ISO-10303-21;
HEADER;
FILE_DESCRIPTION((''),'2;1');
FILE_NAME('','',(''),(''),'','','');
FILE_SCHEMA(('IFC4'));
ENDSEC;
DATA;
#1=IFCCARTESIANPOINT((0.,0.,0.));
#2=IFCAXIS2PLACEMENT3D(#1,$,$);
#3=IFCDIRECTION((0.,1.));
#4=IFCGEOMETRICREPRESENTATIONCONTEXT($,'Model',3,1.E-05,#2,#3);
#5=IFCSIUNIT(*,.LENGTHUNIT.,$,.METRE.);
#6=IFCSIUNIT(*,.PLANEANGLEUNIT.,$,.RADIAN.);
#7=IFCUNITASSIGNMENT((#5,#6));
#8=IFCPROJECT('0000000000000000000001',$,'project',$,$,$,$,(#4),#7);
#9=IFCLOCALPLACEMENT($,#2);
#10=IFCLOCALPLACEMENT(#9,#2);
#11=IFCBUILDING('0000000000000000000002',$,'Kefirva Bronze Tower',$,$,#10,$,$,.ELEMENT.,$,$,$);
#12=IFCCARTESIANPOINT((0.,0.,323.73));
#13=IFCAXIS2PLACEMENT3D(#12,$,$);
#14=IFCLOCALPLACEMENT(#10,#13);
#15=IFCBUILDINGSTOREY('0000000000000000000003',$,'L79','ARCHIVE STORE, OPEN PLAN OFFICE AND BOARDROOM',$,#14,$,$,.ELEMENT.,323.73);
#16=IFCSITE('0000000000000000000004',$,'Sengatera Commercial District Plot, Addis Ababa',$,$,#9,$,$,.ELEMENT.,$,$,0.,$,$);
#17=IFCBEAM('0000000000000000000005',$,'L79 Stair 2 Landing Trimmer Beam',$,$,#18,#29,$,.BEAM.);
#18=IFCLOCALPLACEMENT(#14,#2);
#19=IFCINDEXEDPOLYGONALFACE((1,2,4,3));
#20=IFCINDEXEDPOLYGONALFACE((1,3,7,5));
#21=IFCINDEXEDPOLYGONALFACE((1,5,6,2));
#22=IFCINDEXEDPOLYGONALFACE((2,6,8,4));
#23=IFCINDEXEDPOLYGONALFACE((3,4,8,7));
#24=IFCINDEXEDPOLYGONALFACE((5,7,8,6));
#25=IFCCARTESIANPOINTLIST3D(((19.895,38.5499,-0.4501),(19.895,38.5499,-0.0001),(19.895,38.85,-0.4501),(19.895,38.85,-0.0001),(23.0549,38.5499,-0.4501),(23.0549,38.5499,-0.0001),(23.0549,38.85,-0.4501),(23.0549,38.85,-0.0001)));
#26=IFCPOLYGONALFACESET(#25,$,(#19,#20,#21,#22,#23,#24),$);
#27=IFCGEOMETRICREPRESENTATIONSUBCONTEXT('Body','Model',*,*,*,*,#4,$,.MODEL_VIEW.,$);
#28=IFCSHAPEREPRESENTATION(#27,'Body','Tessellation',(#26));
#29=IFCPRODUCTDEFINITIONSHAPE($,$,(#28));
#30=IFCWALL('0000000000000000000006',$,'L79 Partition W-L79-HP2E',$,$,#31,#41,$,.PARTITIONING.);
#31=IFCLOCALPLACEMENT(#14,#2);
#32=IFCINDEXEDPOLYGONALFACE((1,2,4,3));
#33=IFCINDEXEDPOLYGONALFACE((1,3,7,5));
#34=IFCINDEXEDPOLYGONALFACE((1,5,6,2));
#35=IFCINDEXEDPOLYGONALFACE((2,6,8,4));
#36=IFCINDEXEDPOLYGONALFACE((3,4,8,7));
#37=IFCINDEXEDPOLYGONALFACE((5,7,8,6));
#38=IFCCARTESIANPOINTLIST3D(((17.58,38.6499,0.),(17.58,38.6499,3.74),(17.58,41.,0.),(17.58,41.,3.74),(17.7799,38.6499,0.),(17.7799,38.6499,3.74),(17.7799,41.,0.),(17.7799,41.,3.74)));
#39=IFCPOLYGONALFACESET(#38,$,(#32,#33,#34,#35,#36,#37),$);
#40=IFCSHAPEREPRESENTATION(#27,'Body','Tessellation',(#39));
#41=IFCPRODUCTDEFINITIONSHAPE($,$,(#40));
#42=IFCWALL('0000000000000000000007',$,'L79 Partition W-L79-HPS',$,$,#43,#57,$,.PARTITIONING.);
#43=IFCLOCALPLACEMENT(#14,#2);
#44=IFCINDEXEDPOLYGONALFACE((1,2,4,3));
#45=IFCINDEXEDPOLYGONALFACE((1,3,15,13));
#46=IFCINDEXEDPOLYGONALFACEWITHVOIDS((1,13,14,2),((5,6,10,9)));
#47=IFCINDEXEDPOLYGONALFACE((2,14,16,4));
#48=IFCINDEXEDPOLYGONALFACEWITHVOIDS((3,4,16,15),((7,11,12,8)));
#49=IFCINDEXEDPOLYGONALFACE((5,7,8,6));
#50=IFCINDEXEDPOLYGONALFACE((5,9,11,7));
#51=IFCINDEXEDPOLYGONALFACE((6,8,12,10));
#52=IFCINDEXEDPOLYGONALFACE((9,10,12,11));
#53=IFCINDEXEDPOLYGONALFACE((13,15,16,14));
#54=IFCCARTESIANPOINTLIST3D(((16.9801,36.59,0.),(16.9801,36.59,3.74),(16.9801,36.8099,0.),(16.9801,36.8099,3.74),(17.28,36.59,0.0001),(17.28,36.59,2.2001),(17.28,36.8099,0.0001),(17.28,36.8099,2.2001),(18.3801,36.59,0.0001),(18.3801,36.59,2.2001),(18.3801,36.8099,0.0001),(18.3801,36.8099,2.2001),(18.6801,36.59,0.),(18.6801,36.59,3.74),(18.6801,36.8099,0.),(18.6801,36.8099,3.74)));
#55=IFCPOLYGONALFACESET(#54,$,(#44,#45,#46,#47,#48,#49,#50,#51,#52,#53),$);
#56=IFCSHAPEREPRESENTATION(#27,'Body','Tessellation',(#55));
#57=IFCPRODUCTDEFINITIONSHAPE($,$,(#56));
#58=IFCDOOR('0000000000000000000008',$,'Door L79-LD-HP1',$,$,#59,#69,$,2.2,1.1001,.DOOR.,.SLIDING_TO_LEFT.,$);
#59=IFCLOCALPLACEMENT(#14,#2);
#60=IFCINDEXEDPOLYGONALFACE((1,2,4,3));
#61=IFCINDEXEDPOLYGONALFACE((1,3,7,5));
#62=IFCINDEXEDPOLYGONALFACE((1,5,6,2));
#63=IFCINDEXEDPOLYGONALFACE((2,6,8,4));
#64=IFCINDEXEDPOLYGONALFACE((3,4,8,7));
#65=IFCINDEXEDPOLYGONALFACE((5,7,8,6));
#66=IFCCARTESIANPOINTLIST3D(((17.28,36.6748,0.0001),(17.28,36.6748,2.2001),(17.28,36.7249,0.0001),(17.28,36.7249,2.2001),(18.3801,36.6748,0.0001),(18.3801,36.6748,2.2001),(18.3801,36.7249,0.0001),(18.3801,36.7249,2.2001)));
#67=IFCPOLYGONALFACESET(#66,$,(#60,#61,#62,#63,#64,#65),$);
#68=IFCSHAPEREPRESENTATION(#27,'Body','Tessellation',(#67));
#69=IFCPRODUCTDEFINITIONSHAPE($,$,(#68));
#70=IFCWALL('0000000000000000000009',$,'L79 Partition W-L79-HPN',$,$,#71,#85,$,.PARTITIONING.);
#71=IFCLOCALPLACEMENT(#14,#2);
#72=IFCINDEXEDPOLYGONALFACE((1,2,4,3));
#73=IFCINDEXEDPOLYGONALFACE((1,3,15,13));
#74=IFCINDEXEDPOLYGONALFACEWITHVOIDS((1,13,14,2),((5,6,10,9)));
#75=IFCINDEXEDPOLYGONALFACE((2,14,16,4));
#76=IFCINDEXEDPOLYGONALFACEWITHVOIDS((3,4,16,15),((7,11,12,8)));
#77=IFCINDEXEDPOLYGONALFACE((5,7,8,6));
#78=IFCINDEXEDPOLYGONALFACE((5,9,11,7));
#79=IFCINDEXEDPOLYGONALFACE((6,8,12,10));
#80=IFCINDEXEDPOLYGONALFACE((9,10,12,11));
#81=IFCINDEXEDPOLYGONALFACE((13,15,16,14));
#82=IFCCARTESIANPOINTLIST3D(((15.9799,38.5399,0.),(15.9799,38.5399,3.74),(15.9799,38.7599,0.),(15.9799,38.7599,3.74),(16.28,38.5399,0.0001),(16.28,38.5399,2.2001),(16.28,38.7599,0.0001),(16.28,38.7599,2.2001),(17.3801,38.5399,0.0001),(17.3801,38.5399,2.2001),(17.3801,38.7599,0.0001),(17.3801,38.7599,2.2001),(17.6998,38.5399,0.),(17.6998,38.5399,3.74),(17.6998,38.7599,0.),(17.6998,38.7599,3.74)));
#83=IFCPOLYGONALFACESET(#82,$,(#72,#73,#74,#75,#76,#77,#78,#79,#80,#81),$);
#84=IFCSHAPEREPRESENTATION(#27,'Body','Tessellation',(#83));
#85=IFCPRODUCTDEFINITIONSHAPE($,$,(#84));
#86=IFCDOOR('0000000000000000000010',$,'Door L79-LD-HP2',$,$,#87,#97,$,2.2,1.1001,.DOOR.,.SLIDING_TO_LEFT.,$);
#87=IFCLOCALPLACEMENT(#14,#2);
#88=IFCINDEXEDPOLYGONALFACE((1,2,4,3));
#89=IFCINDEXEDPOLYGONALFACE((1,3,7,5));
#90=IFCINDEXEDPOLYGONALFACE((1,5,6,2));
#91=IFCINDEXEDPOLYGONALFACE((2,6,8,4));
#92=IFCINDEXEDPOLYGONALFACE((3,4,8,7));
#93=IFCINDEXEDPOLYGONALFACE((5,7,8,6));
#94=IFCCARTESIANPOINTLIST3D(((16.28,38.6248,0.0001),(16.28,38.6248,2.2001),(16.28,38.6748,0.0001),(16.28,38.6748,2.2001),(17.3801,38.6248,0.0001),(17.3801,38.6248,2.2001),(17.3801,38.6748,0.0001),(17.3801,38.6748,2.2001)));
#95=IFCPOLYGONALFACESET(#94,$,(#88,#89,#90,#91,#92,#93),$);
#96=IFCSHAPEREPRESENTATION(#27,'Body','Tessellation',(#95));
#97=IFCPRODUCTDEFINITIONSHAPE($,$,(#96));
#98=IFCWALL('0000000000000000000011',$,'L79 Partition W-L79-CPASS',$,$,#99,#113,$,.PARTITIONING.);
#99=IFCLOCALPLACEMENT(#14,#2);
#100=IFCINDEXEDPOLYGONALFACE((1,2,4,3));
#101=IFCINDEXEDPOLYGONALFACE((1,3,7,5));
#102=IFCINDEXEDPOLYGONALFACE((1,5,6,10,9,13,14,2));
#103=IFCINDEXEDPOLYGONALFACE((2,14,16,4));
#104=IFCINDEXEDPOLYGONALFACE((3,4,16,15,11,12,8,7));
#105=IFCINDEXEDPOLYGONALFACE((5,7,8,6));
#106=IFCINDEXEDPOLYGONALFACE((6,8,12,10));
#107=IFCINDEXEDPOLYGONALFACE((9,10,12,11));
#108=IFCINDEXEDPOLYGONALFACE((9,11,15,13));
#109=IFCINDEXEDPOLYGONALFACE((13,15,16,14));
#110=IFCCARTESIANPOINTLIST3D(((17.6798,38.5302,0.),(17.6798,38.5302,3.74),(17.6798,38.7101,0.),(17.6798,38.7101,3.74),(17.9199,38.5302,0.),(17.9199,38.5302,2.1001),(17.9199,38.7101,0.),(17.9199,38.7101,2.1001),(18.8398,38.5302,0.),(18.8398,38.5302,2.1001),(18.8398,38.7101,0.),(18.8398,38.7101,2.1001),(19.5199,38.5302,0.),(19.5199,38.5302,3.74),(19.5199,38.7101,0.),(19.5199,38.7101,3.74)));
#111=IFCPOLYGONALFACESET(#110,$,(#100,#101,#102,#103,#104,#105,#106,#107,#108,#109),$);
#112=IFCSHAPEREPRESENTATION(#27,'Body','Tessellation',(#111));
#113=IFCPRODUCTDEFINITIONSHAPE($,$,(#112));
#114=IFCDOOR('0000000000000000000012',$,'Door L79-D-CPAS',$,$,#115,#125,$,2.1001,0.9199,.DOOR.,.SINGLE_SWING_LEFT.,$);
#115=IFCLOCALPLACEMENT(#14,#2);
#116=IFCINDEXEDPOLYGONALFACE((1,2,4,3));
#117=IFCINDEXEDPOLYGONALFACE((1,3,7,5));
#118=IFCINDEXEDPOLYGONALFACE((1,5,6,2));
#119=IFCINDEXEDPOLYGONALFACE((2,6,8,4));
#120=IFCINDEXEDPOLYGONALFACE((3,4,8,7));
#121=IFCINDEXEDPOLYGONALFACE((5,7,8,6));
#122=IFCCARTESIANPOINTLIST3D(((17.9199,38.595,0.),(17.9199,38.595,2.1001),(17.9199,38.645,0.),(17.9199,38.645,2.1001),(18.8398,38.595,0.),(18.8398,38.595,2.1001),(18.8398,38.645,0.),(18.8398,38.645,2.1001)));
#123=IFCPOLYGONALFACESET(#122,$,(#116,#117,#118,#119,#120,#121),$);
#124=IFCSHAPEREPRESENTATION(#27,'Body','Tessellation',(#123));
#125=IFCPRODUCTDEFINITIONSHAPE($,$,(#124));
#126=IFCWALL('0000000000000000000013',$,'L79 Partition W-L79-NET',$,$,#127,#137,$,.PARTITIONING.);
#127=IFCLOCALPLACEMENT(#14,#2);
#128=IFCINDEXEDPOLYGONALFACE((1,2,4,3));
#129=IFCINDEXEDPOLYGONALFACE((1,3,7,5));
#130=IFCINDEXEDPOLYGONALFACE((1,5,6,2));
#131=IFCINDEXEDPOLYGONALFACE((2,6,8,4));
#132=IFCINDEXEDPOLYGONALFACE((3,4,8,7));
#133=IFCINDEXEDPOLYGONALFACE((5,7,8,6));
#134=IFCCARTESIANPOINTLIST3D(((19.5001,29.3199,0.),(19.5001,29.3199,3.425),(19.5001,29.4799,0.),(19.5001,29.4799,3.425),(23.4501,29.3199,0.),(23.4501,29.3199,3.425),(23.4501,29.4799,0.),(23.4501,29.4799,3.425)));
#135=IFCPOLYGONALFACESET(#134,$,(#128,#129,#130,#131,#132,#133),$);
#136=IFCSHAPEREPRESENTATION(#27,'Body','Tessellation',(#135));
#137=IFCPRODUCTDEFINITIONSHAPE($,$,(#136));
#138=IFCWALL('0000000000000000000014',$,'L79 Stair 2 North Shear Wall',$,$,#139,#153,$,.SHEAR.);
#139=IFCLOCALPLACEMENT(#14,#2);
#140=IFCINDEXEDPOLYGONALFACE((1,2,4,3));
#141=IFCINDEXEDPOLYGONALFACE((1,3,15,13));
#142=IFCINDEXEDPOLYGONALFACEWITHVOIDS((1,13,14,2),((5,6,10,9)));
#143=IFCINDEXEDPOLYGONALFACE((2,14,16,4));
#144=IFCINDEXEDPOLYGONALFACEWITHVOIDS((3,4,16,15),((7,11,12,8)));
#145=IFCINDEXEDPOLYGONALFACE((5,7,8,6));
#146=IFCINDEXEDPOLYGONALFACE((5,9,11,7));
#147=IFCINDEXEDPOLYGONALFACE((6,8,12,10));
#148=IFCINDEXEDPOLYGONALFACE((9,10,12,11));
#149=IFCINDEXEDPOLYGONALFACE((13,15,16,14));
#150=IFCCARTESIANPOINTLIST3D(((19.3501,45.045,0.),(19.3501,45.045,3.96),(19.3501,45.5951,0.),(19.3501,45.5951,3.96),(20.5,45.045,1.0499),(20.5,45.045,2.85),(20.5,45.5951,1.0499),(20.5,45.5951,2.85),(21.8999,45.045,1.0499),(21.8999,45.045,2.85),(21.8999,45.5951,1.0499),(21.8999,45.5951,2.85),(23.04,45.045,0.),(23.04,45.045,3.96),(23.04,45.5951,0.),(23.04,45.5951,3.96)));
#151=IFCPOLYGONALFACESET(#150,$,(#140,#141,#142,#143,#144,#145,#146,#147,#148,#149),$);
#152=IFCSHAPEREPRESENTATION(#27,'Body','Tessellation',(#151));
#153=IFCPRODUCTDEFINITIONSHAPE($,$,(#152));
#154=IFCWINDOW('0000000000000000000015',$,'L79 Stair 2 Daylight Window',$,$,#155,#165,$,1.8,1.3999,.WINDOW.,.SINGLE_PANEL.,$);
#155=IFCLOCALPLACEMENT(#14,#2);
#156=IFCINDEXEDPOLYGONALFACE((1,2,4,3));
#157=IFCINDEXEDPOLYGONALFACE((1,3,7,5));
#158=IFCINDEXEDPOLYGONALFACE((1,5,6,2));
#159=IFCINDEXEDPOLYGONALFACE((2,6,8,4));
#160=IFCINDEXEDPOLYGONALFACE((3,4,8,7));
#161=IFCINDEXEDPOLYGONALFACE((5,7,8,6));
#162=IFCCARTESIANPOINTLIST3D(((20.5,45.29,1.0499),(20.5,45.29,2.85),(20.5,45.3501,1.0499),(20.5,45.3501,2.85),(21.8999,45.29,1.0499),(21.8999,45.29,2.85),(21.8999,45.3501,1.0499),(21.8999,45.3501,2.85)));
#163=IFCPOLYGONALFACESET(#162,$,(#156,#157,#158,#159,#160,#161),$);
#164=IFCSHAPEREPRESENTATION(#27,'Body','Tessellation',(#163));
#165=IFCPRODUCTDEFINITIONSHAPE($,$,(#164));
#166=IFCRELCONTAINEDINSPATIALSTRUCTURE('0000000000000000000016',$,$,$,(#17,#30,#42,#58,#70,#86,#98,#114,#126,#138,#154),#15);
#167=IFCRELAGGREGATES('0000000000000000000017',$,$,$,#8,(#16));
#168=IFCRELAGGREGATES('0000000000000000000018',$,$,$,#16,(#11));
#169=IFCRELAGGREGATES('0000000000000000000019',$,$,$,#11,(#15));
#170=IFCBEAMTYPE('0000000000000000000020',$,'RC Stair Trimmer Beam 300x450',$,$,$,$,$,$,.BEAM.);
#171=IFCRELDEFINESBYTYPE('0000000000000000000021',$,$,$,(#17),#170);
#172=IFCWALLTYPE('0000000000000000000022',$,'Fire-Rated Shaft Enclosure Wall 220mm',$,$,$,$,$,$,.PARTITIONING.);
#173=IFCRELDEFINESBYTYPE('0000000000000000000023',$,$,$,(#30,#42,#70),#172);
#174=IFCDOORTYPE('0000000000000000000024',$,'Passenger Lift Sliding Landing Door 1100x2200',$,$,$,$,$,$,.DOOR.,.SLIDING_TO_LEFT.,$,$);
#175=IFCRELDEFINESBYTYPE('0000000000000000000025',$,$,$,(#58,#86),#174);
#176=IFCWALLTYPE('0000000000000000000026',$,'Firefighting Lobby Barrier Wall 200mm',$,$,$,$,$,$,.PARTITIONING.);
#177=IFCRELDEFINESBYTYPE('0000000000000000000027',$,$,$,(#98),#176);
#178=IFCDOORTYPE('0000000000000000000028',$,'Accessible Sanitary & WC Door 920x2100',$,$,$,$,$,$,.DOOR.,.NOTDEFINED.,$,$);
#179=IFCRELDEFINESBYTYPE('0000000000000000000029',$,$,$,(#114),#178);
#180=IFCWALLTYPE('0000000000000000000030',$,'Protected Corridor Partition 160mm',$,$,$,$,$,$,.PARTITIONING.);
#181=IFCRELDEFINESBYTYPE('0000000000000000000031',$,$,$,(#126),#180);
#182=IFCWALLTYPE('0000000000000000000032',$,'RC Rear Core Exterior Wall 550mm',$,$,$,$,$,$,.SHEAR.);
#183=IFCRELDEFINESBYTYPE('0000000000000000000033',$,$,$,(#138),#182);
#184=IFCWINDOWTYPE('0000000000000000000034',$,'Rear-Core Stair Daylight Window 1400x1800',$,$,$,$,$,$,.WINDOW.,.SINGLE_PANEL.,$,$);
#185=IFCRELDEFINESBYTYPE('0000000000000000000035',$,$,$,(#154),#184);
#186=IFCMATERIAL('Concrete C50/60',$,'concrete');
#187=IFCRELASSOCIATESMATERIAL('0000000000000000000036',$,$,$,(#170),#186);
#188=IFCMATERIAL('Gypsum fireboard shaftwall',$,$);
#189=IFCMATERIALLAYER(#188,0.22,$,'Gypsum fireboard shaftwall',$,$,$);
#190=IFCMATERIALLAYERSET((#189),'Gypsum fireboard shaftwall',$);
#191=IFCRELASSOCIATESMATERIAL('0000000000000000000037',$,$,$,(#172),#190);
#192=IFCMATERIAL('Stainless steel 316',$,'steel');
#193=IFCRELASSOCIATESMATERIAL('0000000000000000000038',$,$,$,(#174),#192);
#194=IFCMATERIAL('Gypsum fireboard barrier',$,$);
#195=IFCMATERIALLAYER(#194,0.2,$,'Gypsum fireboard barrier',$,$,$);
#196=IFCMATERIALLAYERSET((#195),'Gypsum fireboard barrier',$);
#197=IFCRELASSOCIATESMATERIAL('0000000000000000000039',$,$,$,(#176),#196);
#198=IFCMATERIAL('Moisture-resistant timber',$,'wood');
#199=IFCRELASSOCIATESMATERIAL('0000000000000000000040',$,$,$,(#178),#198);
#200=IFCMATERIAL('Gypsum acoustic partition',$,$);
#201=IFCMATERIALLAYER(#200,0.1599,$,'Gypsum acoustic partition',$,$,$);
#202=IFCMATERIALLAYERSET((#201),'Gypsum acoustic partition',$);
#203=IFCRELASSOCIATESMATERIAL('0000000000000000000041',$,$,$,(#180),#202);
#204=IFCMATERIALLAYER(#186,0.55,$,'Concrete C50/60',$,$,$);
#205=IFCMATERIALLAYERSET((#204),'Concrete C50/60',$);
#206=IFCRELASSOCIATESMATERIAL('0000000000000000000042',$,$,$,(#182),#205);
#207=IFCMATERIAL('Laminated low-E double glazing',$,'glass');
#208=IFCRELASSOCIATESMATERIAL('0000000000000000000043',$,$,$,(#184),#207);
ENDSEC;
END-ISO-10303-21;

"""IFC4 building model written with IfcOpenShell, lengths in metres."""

from ifc_helpers import new_model, si_unit, direction, frame, frame_2d, origin, origin_2d, place, context, subcontext, project, spatial, rectangle, extrude, material, layer, layer_set, material_profile, profile_set, type_object, element, fill, save


model = new_model("IFC4")

# Units and contexts
model_context = context("Model", 3, precision=1e-05, world=origin(), true_north=direction((0.0, 1.0)))
body_context = subcontext(model_context, "Body", "Model", "MODEL_VIEW")
ifc_project = project(units=[si_unit("LENGTHUNIT", "METRE"), si_unit("PLANEANGLEUNIT", "RADIAN")], contexts=[model_context])

# Site, building, storey
site_placement = place(None, origin())
site = spatial("IfcSite", under=ifc_project, at=site_placement, Name="Sengatera Commercial District Plot, Addis Ababa", CompositionType="ELEMENT", RefElevation=0.0)
building_placement = place(site_placement, origin())
building = spatial("IfcBuilding", under=site, at=building_placement, Name="Kefirva Bronze Tower", CompositionType="ELEMENT")
storey_placement = place(building_placement, frame((0.0, 0.0, 323.73)))
storey = spatial("IfcBuildingStorey", under=building, at=storey_placement, Name="L79", Description="ARCHIVE STORE, OPEN PLAN OFFICE AND BOARDROOM", CompositionType="ELEMENT", Elevation=323.73)

# Beam
ifc_material_1 = material(Name="Concrete C50/60", Category="concrete")
ifc_material_profile = material_profile(ifc_material_1, rectangle(XDim=0.3, YDim=0.45, at=origin_2d()), Name="RC 300x450")
ifc_profile_set = profile_set([ifc_material_profile], Name="Concrete C50/60")
beam_type = type_object("IfcBeamType", Name="RC Stair Trimmer Beam 300x450", PredefinedType="BEAM", material=ifc_profile_set)
beam_placement = place(storey_placement, frame((19.895, 38.7, -0.2251), z_axis=(1.0, 0.0, 0.0), x_axis=(0.0, 1.0, 0.0)))
element("IfcBeam", 1, at=beam_placement, inside=storey, type_object=beam_type, Name="L79 Stair 2 Landing Trimmer Beam", PredefinedType="BEAM", context=body_context, shape_type="SweptSolid", body=[
    extrude(rectangle(XDim=0.3, YDim=0.45, at=origin_2d()), origin(), (0.0, 0.0, 1.0), 3.1599),
])

# Shared definitions
ifc_material_2 = material(Name="Gypsum acoustic partition")
ifc_material_3 = material(Name="Gypsum fireboard shaftwall")
ifc_layer_1 = layer(ifc_material_3, 0.22, Name="Gypsum fireboard shaftwall")
ifc_layer_set_1 = layer_set([ifc_layer_1], Name="Gypsum fireboard shaftwall")
wall_type_1 = type_object("IfcWallType", Name="Fire-Rated Shaft Enclosure Wall 220mm", PredefinedType="PARTITIONING", material=ifc_layer_set_1)

# Wall
wall_1_placement = place(storey_placement, frame((17.6799, 38.6499, 0.0), z_axis=(0.0, 0.0, 1.0), x_axis=(0.0, 1.0, 0.0)))
element("IfcWall", 2, at=wall_1_placement, inside=storey, type_object=wall_type_1, Name="L79 Partition W-L79-HP2E", PredefinedType="PARTITIONING", context=body_context, shape_type="SweptSolid", body=[
    extrude(rectangle(XDim=2.3501, YDim=0.2, at=frame_2d((1.175, 0.0))), origin(), (0.0, 0.0, 1.0), 3.74),
])

# Walls, openings, doors
wall_2_placement = place(storey_placement, frame((16.98, 36.7, 0.0), z_axis=(0.0, 0.0, 1.0), x_axis=(1.0, 0.0, 0.0)))
wall_2 = element("IfcWall", 3, at=wall_2_placement, inside=storey, type_object=wall_type_1, Name="L79 Partition W-L79-HPS", PredefinedType="PARTITIONING", context=body_context, shape_type="SweptSolid", body=[
    extrude(rectangle(XDim=1.7, YDim=0.22, at=frame_2d((0.8501, 0.0))), origin(), (0.0, 0.0, 1.0), 3.74),
])
opening_1_placement = place(wall_2_placement, frame((0.3, 0.0, 0.0)))
opening_1 = element("IfcOpeningElement", 4, at=opening_1_placement, cuts=wall_2, PredefinedType="OPENING", context=body_context, shape_type="SweptSolid", body=[
    extrude(rectangle(XDim=1.1001, YDim=2.2, at=frame_2d((0.55, 1.1001))), frame((0.0, 0.1201, 0.0), z_axis=(0.0, -1.0, 0.0), x_axis=(1.0, 0.0, 0.0)), (0.0, 0.0, 1.0), 0.24),
])
ifc_material_4 = material(Name="Stainless steel 316", Category="steel")
door_type_1 = type_object("IfcDoorType", Name="Passenger Lift Sliding Landing Door 1100x2200", OperationType="SLIDING_TO_LEFT", PredefinedType="DOOR", material=ifc_material_4)
door_1_placement = place(opening_1_placement, origin())
door_1 = element("IfcDoor", 5, at=door_1_placement, inside=storey, type_object=door_type_1, Name="Door L79-LD-HP1", OperationType="SLIDING_TO_LEFT", OverallHeight=2.2, OverallWidth=1.1001, PredefinedType="DOOR", context=body_context, shape_type="SweptSolid", body=[
    extrude(rectangle(XDim=1.1001, YDim=2.2, at=frame_2d((0.55, 1.1001))), frame((0.0, 0.0249, 0.0), z_axis=(0.0, -1.0, 0.0), x_axis=(1.0, 0.0, 0.0)), (0.0, 0.0, 1.0), 0.05),
])
fill(opening_1, door_1)
wall_3_placement = place(storey_placement, frame((15.98, 38.6499, 0.0), z_axis=(0.0, 0.0, 1.0), x_axis=(1.0, 0.0, 0.0)))
wall_3 = element("IfcWall", 6, at=wall_3_placement, inside=storey, type_object=wall_type_1, Name="L79 Partition W-L79-HPN", PredefinedType="PARTITIONING", context=body_context, shape_type="SweptSolid", body=[
    extrude(rectangle(XDim=1.72, YDim=0.22, at=frame_2d((0.8599, 0.0))), origin(), (0.0, 0.0, 1.0), 3.74),
])
opening_2_placement = place(wall_3_placement, frame((0.3, 0.0, 0.0)))
opening_2 = element("IfcOpeningElement", 7, at=opening_2_placement, cuts=wall_3, PredefinedType="OPENING", context=body_context, shape_type="SweptSolid", body=[
    extrude(rectangle(XDim=1.1001, YDim=2.2, at=frame_2d((0.55, 1.1001))), frame((0.0, 0.1201, 0.0), z_axis=(0.0, -1.0, 0.0), x_axis=(1.0, 0.0, 0.0)), (0.0, 0.0, 1.0), 0.24),
])
door_2_placement = place(opening_2_placement, origin())
door_2 = element("IfcDoor", 8, at=door_2_placement, inside=storey, type_object=door_type_1, Name="Door L79-LD-HP2", OperationType="SLIDING_TO_LEFT", OverallHeight=2.2, OverallWidth=1.1001, PredefinedType="DOOR", context=body_context, shape_type="SweptSolid", body=[
    extrude(rectangle(XDim=1.1001, YDim=2.2, at=frame_2d((0.55, 1.1001))), frame((0.0, 0.0249, 0.0), z_axis=(0.0, -1.0, 0.0), x_axis=(1.0, 0.0, 0.0)), (0.0, 0.0, 1.0), 0.05),
])
fill(opening_2, door_2)
ifc_material_5 = material(Name="Gypsum fireboard barrier")
ifc_layer_2 = layer(ifc_material_5, 0.2, Name="Gypsum fireboard barrier")
ifc_layer_set_2 = layer_set([ifc_layer_2], Name="Gypsum fireboard barrier")
wall_type_2 = type_object("IfcWallType", Name="Firefighting Lobby Barrier Wall 200mm", PredefinedType="PARTITIONING", material=ifc_layer_set_2)
wall_4_placement = place(storey_placement, frame((17.6799, 38.6201, 0.0), z_axis=(0.0, 0.0, 1.0), x_axis=(1.0, 0.0, 0.0)))
wall_4 = element("IfcWall", 9, at=wall_4_placement, inside=storey, type_object=wall_type_2, Name="L79 Partition W-L79-CPASS", PredefinedType="PARTITIONING", context=body_context, shape_type="SweptSolid", body=[
    extrude(rectangle(XDim=1.8401, YDim=0.1799, at=frame_2d((0.9199, 0.0))), origin(), (0.0, 0.0, 1.0), 3.74),
])
opening_3_placement = place(wall_4_placement, frame((0.24, 0.0, 0.0)))
opening_3 = element("IfcOpeningElement", 10, at=opening_3_placement, cuts=wall_4, PredefinedType="OPENING", context=body_context, shape_type="SweptSolid", body=[
    extrude(rectangle(XDim=0.9199, YDim=2.1001, at=frame_2d((0.46, 1.05))), frame((0.0, 0.1001, 0.0), z_axis=(0.0, -1.0, 0.0), x_axis=(1.0, 0.0, 0.0)), (0.0, 0.0, 1.0), 0.2),
])
ifc_material_6 = material(Name="Moisture-resistant timber", Category="wood")
door_type_2 = type_object("IfcDoorType", Name="Accessible Sanitary & WC Door 920x2100", OperationType="NOTDEFINED", PredefinedType="DOOR", material=ifc_material_6)
door_3_placement = place(opening_3_placement, origin())
door_3 = element("IfcDoor", 11, at=door_3_placement, inside=storey, type_object=door_type_2, Name="Door L79-D-CPAS", OperationType="SINGLE_SWING_LEFT", OverallHeight=2.1001, OverallWidth=0.9199, PredefinedType="DOOR", context=body_context, shape_type="SweptSolid", body=[
    extrude(rectangle(XDim=0.9199, YDim=2.1001, at=frame_2d((0.46, 1.05))), frame((0.0, 0.0249, 0.0), z_axis=(0.0, -1.0, 0.0), x_axis=(1.0, 0.0, 0.0)), (0.0, 0.0, 1.0), 0.05),
])
fill(opening_3, door_3)

# Wall
ifc_layer_3 = layer(ifc_material_2, 0.1599, Name="Gypsum acoustic partition")
ifc_layer_set_3 = layer_set([ifc_layer_3], Name="Gypsum acoustic partition")
wall_type_3 = type_object("IfcWallType", Name="Protected Corridor Partition 160mm", PredefinedType="PARTITIONING", material=ifc_layer_set_3)
wall_5_placement = place(storey_placement, frame((19.5, 29.3999, 0.0), z_axis=(0.0, 0.0, 1.0), x_axis=(1.0, 0.0, 0.0)))
element("IfcWall", 12, at=wall_5_placement, inside=storey, type_object=wall_type_3, Name="L79 Partition W-L79-NET", PredefinedType="PARTITIONING", context=body_context, shape_type="SweptSolid", body=[
    extrude(rectangle(XDim=3.95, YDim=0.1599, at=frame_2d((1.9751, 0.0))), origin(), (0.0, 0.0, 1.0), 3.425),
])

# Wall, opening, window
ifc_layer_4 = layer(ifc_material_1, 0.55, Name="Concrete C50/60")
ifc_layer_set_4 = layer_set([ifc_layer_4], Name="Concrete C50/60")
wall_type_4 = type_object("IfcWallType", Name="RC Rear Core Exterior Wall 550mm", PredefinedType="SHEAR", material=ifc_layer_set_4)
wall_6_placement = place(storey_placement, frame((19.3501, 45.3201, 0.0), z_axis=(0.0, 0.0, 1.0), x_axis=(1.0, 0.0, 0.0)))
wall_6 = element("IfcWall", 13, at=wall_6_placement, inside=storey, type_object=wall_type_4, Name="L79 Stair 2 North Shear Wall", PredefinedType="SHEAR", context=body_context, shape_type="SweptSolid", body=[
    extrude(rectangle(XDim=3.6899, YDim=0.55, at=frame_2d((1.845, 0.0))), origin(), (0.0, 0.0, 1.0), 3.96),
])
opening_4_placement = place(wall_6_placement, frame((1.1499, 0.0, 1.05)))
opening_4 = element("IfcOpeningElement", 14, at=opening_4_placement, cuts=wall_6, PredefinedType="OPENING", context=body_context, shape_type="SweptSolid", body=[
    extrude(rectangle(XDim=1.3999, YDim=1.8, at=frame_2d((0.7, 0.8999))), frame((0.0, 0.2852, 0.0), z_axis=(0.0, -1.0, 0.0), x_axis=(1.0, 0.0, 0.0)), (0.0, 0.0, 1.0), 0.5701),
])
ifc_material_7 = material(Name="Laminated low-E double glazing", Category="glass")
window_type = type_object("IfcWindowType", Name="Rear-Core Stair Daylight Window 1400x1800", PartitioningType="SINGLE_PANEL", PredefinedType="WINDOW", material=ifc_material_7)
window_placement = place(opening_4_placement, origin())
window = element("IfcWindow", 15, at=window_placement, inside=storey, type_object=window_type, Name="L79 Stair 2 Daylight Window", OverallHeight=1.8, OverallWidth=1.3999, PartitioningType="SINGLE_PANEL", PredefinedType="WINDOW", context=body_context, shape_type="SweptSolid", body=[
    extrude(rectangle(XDim=1.3999, YDim=1.8, at=frame_2d((0.7, 0.8999))), frame((0.0, 0.03, 0.0), z_axis=(0.0, -1.0, 0.0), x_axis=(1.0, 0.0, 0.0)), (0.0, 0.0, 1.0), 0.0601),
])
fill(opening_4, window)

save(model, "model.ifc")
